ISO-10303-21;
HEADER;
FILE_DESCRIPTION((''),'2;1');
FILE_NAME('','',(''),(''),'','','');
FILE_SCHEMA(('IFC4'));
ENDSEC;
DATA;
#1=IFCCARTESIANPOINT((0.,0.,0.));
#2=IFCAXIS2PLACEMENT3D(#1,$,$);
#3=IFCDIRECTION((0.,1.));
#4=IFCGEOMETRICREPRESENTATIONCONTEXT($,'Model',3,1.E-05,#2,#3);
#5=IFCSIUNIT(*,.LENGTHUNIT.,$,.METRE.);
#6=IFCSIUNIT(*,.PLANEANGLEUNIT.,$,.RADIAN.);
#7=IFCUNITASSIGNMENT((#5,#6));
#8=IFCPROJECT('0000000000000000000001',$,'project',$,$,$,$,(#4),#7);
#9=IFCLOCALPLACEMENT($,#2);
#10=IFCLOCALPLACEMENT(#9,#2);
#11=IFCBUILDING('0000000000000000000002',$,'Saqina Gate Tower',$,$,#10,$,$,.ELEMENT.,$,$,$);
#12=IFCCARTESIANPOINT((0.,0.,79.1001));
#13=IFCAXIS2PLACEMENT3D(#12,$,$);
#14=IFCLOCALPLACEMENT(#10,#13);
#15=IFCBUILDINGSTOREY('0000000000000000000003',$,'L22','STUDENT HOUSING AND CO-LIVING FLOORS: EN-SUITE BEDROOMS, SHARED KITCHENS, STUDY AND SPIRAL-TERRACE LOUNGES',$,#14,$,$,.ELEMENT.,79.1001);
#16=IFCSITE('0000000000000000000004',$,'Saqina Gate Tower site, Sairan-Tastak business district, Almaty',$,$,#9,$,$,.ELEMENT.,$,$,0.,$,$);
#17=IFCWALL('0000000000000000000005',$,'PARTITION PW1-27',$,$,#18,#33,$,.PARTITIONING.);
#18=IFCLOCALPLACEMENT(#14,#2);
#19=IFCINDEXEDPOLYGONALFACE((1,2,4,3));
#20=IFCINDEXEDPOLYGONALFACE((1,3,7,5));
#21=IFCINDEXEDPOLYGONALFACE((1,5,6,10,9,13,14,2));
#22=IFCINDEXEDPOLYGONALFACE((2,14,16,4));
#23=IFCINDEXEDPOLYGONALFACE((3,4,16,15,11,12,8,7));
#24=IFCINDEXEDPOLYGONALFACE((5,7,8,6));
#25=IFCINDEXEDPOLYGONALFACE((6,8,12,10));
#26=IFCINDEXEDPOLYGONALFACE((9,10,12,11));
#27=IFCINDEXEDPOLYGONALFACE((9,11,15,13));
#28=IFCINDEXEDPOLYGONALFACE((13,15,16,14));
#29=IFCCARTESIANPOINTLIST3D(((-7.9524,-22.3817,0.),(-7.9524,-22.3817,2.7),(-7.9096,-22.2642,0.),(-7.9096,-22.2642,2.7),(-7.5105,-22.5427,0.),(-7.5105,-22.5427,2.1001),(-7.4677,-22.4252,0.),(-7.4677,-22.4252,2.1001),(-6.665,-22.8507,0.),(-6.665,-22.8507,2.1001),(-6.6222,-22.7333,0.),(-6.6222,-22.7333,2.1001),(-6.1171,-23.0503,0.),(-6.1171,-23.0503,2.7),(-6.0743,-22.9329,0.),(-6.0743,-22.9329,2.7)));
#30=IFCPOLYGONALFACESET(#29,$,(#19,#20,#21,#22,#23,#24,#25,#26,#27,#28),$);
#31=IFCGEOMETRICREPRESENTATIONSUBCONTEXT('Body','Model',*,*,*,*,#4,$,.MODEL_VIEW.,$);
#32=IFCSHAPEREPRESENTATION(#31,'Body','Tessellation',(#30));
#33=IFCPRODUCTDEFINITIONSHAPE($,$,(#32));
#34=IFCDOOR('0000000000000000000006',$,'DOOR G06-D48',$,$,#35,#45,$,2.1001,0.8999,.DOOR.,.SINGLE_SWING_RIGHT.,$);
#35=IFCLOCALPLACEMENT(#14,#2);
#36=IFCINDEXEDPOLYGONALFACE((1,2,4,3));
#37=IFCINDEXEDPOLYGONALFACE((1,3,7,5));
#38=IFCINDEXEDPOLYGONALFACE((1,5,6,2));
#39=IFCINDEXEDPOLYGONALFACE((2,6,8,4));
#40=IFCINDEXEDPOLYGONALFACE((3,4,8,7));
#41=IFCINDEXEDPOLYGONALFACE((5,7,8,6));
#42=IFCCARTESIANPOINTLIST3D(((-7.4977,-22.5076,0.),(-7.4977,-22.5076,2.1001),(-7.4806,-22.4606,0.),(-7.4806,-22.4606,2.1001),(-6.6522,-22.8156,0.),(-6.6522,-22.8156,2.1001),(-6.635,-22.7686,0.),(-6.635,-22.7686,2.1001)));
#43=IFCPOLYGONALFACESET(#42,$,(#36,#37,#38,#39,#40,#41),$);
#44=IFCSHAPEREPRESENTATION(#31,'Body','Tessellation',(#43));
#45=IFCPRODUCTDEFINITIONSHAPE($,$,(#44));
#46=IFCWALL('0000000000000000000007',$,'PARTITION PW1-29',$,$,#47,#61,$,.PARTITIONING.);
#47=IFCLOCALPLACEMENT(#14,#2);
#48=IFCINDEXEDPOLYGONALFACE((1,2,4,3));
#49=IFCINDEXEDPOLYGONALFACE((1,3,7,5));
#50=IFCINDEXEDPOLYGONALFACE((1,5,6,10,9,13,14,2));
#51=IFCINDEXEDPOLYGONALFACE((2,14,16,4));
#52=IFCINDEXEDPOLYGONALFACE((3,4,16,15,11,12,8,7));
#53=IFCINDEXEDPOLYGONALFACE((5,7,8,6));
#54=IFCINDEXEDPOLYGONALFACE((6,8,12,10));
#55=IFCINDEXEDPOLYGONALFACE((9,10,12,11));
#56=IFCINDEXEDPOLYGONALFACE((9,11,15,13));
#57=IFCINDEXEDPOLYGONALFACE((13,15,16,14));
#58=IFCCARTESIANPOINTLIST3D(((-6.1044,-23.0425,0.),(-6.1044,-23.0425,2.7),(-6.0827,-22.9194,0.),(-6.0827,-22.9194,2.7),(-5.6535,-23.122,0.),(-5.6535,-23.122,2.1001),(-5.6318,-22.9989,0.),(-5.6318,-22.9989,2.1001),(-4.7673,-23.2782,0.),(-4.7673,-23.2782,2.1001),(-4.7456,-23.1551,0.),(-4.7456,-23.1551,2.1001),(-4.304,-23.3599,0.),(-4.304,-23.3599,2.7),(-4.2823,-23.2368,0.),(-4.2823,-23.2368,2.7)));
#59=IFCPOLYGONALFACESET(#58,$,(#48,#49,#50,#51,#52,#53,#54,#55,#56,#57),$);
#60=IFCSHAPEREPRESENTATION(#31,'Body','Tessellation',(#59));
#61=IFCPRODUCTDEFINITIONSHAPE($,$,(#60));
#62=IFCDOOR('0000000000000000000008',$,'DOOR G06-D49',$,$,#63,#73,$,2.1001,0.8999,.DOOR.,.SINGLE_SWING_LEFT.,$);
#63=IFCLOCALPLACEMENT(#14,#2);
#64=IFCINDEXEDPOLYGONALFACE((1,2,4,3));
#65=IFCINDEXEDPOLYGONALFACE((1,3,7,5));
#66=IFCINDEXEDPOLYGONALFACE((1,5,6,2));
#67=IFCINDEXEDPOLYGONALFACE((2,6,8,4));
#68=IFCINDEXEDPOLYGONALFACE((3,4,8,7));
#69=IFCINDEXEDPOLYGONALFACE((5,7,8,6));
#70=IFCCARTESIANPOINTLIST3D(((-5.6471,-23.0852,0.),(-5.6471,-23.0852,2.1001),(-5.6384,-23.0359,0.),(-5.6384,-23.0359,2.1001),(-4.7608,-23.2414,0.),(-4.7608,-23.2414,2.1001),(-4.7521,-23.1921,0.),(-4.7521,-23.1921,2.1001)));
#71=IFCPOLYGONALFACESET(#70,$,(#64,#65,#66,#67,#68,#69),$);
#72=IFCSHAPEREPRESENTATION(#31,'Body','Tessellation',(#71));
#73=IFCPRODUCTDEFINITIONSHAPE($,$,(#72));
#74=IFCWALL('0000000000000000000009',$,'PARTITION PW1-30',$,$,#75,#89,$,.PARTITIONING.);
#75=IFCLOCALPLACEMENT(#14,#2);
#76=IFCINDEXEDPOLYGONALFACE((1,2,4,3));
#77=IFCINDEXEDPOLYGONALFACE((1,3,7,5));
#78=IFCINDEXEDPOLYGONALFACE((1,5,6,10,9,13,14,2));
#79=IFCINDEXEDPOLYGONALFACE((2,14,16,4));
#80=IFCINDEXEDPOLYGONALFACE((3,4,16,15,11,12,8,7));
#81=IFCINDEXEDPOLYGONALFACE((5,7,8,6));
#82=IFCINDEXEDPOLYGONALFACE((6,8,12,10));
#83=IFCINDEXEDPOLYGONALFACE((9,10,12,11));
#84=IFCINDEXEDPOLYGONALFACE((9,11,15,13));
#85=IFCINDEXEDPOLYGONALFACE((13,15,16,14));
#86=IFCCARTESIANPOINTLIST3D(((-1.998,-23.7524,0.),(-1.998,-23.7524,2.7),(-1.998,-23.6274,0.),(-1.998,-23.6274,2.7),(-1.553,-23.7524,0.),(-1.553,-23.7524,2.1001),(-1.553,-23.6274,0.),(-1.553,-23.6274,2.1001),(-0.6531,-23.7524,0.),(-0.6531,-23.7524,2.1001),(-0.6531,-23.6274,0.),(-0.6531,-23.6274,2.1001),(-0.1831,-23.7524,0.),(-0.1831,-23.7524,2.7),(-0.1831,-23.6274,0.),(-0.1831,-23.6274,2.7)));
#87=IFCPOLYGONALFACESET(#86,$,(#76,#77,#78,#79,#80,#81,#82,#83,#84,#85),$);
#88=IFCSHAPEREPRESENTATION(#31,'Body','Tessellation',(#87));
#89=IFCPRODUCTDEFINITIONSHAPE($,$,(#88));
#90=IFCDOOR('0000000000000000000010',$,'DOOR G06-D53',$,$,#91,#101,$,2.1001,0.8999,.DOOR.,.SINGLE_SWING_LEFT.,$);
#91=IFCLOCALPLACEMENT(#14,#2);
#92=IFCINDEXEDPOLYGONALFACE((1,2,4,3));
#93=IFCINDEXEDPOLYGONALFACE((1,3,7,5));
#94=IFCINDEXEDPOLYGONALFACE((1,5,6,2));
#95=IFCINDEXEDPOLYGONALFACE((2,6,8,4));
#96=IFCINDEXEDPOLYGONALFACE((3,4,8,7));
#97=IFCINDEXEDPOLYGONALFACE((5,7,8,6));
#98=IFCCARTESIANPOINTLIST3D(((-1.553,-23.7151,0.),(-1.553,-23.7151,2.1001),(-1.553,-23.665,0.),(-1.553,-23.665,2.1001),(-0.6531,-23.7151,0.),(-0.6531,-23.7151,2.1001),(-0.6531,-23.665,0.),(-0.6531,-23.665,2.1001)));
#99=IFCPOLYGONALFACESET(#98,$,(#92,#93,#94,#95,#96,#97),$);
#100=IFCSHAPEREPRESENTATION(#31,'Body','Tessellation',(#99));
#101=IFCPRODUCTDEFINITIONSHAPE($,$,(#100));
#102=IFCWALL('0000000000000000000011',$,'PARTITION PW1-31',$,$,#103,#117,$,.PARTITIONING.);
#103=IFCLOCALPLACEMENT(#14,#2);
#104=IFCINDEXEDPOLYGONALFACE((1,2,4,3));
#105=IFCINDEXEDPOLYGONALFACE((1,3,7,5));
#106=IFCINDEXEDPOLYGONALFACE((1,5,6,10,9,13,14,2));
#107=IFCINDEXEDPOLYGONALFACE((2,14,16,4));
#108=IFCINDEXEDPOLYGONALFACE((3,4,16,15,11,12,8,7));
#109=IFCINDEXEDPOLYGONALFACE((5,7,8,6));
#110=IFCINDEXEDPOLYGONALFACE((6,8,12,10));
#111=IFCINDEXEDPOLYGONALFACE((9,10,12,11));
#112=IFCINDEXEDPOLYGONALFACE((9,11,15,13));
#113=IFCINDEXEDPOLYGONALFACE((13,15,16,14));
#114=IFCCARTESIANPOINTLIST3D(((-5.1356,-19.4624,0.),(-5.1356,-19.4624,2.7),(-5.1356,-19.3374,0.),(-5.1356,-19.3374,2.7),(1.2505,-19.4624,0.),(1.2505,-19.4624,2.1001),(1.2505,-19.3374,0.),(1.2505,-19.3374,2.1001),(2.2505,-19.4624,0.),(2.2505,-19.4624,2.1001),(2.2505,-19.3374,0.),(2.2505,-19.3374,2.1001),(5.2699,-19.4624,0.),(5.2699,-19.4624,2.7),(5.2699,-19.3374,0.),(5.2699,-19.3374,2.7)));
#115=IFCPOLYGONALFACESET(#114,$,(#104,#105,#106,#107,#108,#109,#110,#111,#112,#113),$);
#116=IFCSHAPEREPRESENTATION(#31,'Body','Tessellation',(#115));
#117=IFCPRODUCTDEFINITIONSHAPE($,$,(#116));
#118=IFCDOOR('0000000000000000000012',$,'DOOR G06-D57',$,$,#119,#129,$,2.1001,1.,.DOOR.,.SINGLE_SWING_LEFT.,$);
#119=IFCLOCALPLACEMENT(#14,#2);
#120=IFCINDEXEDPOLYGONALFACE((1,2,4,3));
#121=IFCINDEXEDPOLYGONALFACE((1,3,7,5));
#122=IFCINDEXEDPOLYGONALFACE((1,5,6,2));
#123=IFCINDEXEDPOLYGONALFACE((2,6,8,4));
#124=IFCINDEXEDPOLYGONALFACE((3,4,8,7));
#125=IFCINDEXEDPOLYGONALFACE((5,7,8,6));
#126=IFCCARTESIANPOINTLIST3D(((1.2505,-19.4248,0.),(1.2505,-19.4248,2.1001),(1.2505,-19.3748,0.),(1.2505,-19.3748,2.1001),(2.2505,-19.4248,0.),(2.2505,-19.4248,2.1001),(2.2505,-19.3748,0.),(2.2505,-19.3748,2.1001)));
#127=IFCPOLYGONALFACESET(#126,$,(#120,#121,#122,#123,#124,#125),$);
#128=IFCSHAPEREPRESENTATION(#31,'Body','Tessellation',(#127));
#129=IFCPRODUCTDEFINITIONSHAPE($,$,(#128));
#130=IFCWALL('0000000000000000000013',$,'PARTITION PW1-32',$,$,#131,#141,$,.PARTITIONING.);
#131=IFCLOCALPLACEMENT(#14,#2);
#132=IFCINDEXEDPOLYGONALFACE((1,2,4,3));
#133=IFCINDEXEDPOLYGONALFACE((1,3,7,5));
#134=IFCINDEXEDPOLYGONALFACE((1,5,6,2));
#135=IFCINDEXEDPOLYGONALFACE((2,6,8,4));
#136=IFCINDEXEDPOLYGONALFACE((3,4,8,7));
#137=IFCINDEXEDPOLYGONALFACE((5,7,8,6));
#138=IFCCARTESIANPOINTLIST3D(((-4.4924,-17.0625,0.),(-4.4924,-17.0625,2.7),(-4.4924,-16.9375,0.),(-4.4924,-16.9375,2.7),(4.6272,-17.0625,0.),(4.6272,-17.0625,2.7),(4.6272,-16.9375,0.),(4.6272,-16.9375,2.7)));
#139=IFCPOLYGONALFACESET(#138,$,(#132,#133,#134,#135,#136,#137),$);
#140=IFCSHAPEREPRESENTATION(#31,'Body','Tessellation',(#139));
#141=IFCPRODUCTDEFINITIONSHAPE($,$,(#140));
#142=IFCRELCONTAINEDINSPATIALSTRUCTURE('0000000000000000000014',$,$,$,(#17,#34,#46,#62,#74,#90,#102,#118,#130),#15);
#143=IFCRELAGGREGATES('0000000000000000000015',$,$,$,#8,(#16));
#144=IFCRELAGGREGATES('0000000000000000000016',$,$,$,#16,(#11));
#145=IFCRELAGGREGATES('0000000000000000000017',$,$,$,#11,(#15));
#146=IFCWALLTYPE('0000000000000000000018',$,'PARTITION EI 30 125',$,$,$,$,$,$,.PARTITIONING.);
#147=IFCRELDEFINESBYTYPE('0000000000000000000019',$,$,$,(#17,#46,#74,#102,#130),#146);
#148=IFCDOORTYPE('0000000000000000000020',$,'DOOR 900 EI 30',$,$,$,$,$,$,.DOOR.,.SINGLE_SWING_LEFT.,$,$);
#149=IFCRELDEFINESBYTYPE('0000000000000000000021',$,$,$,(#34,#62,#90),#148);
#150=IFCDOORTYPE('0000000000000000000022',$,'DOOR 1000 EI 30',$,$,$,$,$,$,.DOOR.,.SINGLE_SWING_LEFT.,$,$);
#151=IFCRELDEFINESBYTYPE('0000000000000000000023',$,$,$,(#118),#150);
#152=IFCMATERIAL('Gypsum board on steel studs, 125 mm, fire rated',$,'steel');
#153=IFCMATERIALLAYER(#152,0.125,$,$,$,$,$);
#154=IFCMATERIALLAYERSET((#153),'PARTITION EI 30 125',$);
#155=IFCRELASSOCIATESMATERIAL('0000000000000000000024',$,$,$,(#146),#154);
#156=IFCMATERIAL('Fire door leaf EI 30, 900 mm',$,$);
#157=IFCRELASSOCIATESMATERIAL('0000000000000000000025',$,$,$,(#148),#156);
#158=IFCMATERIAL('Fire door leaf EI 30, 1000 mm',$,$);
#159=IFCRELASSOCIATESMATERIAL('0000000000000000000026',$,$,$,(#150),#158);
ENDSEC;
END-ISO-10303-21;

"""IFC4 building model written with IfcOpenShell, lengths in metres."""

from ifc_helpers import new_model, si_unit, direction, frame, frame_2d, origin, place, context, subcontext, project, spatial, rectangle, extrude, material, layer, layer_set, type_object, element, fill, save


model = new_model("IFC4")

# Units and contexts
model_context = context("Model", 3, precision=1e-05, world=origin(), true_north=direction((0.0, 1.0)))
body_context = subcontext(model_context, "Body", "Model", "MODEL_VIEW")
ifc_project = project(units=[si_unit("LENGTHUNIT", "METRE"), si_unit("PLANEANGLEUNIT", "RADIAN")], contexts=[model_context])

# Site, building, storey
site_placement = place(None, origin())
site = spatial("IfcSite", under=ifc_project, at=site_placement, Name="Saqina Gate Tower site, Sairan-Tastak business district, Almaty", CompositionType="ELEMENT", RefElevation=0.0)
building_placement = place(site_placement, origin())
building = spatial("IfcBuilding", under=site, at=building_placement, Name="Saqina Gate Tower", CompositionType="ELEMENT")
storey_placement = place(building_placement, frame((0.0, 0.0, 79.1001)))
storey = spatial("IfcBuildingStorey", under=building, at=storey_placement, Name="L22", Description="STUDENT HOUSING AND CO-LIVING FLOORS: EN-SUITE BEDROOMS, SHARED KITCHENS, STUDY AND SPIRAL-TERRACE LOUNGES", CompositionType="ELEMENT", Elevation=79.1001)

# Walls, openings, doors
ifc_material_1 = material(Name="Gypsum board on steel studs, 125 mm, fire rated", Category="steel")
ifc_layer_1 = layer(ifc_material_1, 0.125)
ifc_layer_set_1 = layer_set([ifc_layer_1], Name="PARTITION EI 30 125")
wall_type_1 = type_object("IfcWallType", Name="PARTITION EI 30 125", PredefinedType="PARTITIONING", material=ifc_layer_set_1)
wall_1_placement = place(storey_placement, frame((-7.9309, -22.323, 0.0), z_axis=(0.0, 0.0, 1.0), x_axis=(0.939585, -0.342315, 0.0)))
wall_1 = element("IfcWall", 1, at=wall_1_placement, inside=storey, type_object=wall_type_1, Name="PARTITION PW1-27", PredefinedType="PARTITIONING", context=body_context, shape_type="SweptSolid", body=[
    extrude(rectangle(XDim=1.9534, YDim=0.125, at=frame_2d((0.9766, 0.0))), origin(), (0.0, 0.0, 1.0), 2.7),
])
opening_1_placement = place(wall_1_placement, frame((0.4702, 0.0, 0.0)))
opening_1 = element("IfcOpeningElement", 2, at=opening_1_placement, cuts=wall_1, PredefinedType="OPENING", context=body_context, shape_type="SweptSolid", body=[
    extrude(rectangle(XDim=0.8999, YDim=2.1001, at=frame_2d((0.45, 1.05))), frame((0.0, 0.0745, 0.0), z_axis=(0.0, -1.0, 0.0), x_axis=(1.0, 0.0, 0.0)), (0.0, 0.0, 1.0), 0.1489),
])
ifc_material_2 = material(Name="Fire door leaf EI 30, 900 mm")
door_type_1 = type_object("IfcDoorType", Name="DOOR 900 EI 30", OperationType="SINGLE_SWING_LEFT", PredefinedType="DOOR", material=ifc_material_2)
door_1_placement = place(opening_1_placement, origin())
door_1 = element("IfcDoor", 3, at=door_1_placement, inside=storey, type_object=door_type_1, Name="DOOR G06-D48", OperationType="SINGLE_SWING_RIGHT", OverallHeight=2.1001, OverallWidth=0.8999, PredefinedType="DOOR", context=body_context, shape_type="SweptSolid", body=[
    extrude(rectangle(XDim=0.8999, YDim=2.1001, at=frame_2d((0.45, 1.05))), frame((0.0, 0.0249, 0.0), z_axis=(0.0, -1.0, 0.0), x_axis=(1.0, 0.0, 0.0)), (0.0, 0.0, 1.0), 0.05),
])
fill(opening_1, door_1)
wall_2_placement = place(storey_placement, frame((-6.0935, -22.981, 0.0), z_axis=(0.0, 0.0, 1.0), x_axis=(0.984813, -0.173618, 0.0)))
wall_2 = element("IfcWall", 4, at=wall_2_placement, inside=storey, type_object=wall_type_1, Name="PARTITION PW1-29", PredefinedType="PARTITIONING", context=body_context, shape_type="SweptSolid", body=[
    extrude(rectangle(XDim=1.8281, YDim=0.125, at=frame_2d((0.9141, 0.0))), origin(), (0.0, 0.0, 1.0), 2.7),
])
opening_2_placement = place(wall_2_placement, frame((0.4578, 0.0, 0.0)))
opening_2 = element("IfcOpeningElement", 5, at=opening_2_placement, cuts=wall_2, PredefinedType="OPENING", context=body_context, shape_type="SweptSolid", body=[
    extrude(rectangle(XDim=0.8999, YDim=2.1001, at=frame_2d((0.45, 1.05))), frame((0.0, 0.0745, 0.0), z_axis=(0.0, -1.0, 0.0), x_axis=(1.0, 0.0, 0.0)), (0.0, 0.0, 1.0), 0.1489),
])
door_2_placement = place(opening_2_placement, origin())
door_2 = element("IfcDoor", 6, at=door_2_placement, inside=storey, type_object=door_type_1, Name="DOOR G06-D49", OperationType="SINGLE_SWING_LEFT", OverallHeight=2.1001, OverallWidth=0.8999, PredefinedType="DOOR", context=body_context, shape_type="SweptSolid", body=[
    extrude(rectangle(XDim=0.8999, YDim=2.1001, at=frame_2d((0.45, 1.05))), frame((0.0, 0.0249, 0.0), z_axis=(0.0, -1.0, 0.0), x_axis=(1.0, 0.0, 0.0)), (0.0, 0.0, 1.0), 0.05),
])
fill(opening_2, door_2)
wall_3_placement = place(storey_placement, frame((-1.998, -23.6899, 0.0), z_axis=(0.0, 0.0, 1.0), x_axis=(1.0, 0.0, 0.0)))
wall_3 = element("IfcWall", 7, at=wall_3_placement, inside=storey, type_object=wall_type_1, Name="PARTITION PW1-30", PredefinedType="PARTITIONING", context=body_context, shape_type="SweptSolid", body=[
    extrude(rectangle(XDim=1.8149, YDim=0.125, at=frame_2d((0.9075, 0.0))), origin(), (0.0, 0.0, 1.0), 2.7),
])
opening_3_placement = place(wall_3_placement, frame((0.4451, 0.0, 0.0)))
opening_3 = element("IfcOpeningElement", 8, at=opening_3_placement, cuts=wall_3, PredefinedType="OPENING", context=body_context, shape_type="SweptSolid", body=[
    extrude(rectangle(XDim=0.8999, YDim=2.1001, at=frame_2d((0.45, 1.05))), frame((0.0, 0.0745, 0.0), z_axis=(0.0, -1.0, 0.0), x_axis=(1.0, 0.0, 0.0)), (0.0, 0.0, 1.0), 0.1489),
])
door_3_placement = place(opening_3_placement, origin())
door_3 = element("IfcDoor", 9, at=door_3_placement, inside=storey, type_object=door_type_1, Name="DOOR G06-D53", OperationType="SINGLE_SWING_LEFT", OverallHeight=2.1001, OverallWidth=0.8999, PredefinedType="DOOR", context=body_context, shape_type="SweptSolid", body=[
    extrude(rectangle(XDim=0.8999, YDim=2.1001, at=frame_2d((0.45, 1.05))), frame((0.0, 0.0249, 0.0), z_axis=(0.0, -1.0, 0.0), x_axis=(1.0, 0.0, 0.0)), (0.0, 0.0, 1.0), 0.05),
])
fill(opening_3, door_3)
wall_4_placement = place(storey_placement, frame((-5.1355, -19.3999, 0.0), z_axis=(0.0, 0.0, 1.0), x_axis=(1.0, 0.0, 0.0)))
wall_4 = element("IfcWall", 10, at=wall_4_placement, inside=storey, type_object=wall_type_1, Name="PARTITION PW1-31", PredefinedType="PARTITIONING", context=body_context, shape_type="SweptSolid", body=[
    extrude(rectangle(XDim=10.4055, YDim=0.125, at=frame_2d((5.2026, 0.0))), origin(), (0.0, 0.0, 1.0), 2.7),
])
opening_4_placement = place(wall_4_placement, frame((6.386, 0.0, 0.0)))
opening_4 = element("IfcOpeningElement", 11, at=opening_4_placement, cuts=wall_4, PredefinedType="OPENING", context=body_context, shape_type="SweptSolid", body=[
    extrude(rectangle(XDim=1.0, YDim=2.1001, at=frame_2d((0.5, 1.05))), frame((0.0, 0.0745, 0.0), z_axis=(0.0, -1.0, 0.0), x_axis=(1.0, 0.0, 0.0)), (0.0, 0.0, 1.0), 0.1489),
])
ifc_material_3 = material(Name="Fire door leaf EI 30, 1000 mm")
door_type_2 = type_object("IfcDoorType", Name="DOOR 1000 EI 30", OperationType="SINGLE_SWING_LEFT", PredefinedType="DOOR", material=ifc_material_3)
door_4_placement = place(opening_4_placement, frame((1.0, 0.0, 0.0), z_axis=(0.0, 0.0, 1.0), x_axis=(-1.0, 0.0, 0.0)))
door_4 = element("IfcDoor", 12, at=door_4_placement, inside=storey, type_object=door_type_2, Name="DOOR G06-D57", OperationType="SINGLE_SWING_LEFT", OverallHeight=2.1001, OverallWidth=1.0, PredefinedType="DOOR", context=body_context, shape_type="SweptSolid", body=[
    extrude(rectangle(XDim=1.0, YDim=2.1001, at=frame_2d((0.5, 1.05))), frame((0.0, 0.0249, 0.0), z_axis=(0.0, -1.0, 0.0), x_axis=(1.0, 0.0, 0.0)), (0.0, 0.0, 1.0), 0.05),
])
fill(opening_4, door_4)

# Wall
wall_5_placement = place(storey_placement, frame((-4.4924, -17.0, 0.0), z_axis=(0.0, 0.0, 1.0), x_axis=(1.0, 0.0, 0.0)))
element("IfcWall", 13, at=wall_5_placement, inside=storey, type_object=wall_type_1, Name="PARTITION PW1-32", PredefinedType="PARTITIONING", context=body_context, shape_type="SweptSolid", body=[
    extrude(rectangle(XDim=9.1196, YDim=0.125, at=frame_2d((4.5598, 0.0))), origin(), (0.0, 0.0, 1.0), 2.7),
])

save(model, "model.ifc")
